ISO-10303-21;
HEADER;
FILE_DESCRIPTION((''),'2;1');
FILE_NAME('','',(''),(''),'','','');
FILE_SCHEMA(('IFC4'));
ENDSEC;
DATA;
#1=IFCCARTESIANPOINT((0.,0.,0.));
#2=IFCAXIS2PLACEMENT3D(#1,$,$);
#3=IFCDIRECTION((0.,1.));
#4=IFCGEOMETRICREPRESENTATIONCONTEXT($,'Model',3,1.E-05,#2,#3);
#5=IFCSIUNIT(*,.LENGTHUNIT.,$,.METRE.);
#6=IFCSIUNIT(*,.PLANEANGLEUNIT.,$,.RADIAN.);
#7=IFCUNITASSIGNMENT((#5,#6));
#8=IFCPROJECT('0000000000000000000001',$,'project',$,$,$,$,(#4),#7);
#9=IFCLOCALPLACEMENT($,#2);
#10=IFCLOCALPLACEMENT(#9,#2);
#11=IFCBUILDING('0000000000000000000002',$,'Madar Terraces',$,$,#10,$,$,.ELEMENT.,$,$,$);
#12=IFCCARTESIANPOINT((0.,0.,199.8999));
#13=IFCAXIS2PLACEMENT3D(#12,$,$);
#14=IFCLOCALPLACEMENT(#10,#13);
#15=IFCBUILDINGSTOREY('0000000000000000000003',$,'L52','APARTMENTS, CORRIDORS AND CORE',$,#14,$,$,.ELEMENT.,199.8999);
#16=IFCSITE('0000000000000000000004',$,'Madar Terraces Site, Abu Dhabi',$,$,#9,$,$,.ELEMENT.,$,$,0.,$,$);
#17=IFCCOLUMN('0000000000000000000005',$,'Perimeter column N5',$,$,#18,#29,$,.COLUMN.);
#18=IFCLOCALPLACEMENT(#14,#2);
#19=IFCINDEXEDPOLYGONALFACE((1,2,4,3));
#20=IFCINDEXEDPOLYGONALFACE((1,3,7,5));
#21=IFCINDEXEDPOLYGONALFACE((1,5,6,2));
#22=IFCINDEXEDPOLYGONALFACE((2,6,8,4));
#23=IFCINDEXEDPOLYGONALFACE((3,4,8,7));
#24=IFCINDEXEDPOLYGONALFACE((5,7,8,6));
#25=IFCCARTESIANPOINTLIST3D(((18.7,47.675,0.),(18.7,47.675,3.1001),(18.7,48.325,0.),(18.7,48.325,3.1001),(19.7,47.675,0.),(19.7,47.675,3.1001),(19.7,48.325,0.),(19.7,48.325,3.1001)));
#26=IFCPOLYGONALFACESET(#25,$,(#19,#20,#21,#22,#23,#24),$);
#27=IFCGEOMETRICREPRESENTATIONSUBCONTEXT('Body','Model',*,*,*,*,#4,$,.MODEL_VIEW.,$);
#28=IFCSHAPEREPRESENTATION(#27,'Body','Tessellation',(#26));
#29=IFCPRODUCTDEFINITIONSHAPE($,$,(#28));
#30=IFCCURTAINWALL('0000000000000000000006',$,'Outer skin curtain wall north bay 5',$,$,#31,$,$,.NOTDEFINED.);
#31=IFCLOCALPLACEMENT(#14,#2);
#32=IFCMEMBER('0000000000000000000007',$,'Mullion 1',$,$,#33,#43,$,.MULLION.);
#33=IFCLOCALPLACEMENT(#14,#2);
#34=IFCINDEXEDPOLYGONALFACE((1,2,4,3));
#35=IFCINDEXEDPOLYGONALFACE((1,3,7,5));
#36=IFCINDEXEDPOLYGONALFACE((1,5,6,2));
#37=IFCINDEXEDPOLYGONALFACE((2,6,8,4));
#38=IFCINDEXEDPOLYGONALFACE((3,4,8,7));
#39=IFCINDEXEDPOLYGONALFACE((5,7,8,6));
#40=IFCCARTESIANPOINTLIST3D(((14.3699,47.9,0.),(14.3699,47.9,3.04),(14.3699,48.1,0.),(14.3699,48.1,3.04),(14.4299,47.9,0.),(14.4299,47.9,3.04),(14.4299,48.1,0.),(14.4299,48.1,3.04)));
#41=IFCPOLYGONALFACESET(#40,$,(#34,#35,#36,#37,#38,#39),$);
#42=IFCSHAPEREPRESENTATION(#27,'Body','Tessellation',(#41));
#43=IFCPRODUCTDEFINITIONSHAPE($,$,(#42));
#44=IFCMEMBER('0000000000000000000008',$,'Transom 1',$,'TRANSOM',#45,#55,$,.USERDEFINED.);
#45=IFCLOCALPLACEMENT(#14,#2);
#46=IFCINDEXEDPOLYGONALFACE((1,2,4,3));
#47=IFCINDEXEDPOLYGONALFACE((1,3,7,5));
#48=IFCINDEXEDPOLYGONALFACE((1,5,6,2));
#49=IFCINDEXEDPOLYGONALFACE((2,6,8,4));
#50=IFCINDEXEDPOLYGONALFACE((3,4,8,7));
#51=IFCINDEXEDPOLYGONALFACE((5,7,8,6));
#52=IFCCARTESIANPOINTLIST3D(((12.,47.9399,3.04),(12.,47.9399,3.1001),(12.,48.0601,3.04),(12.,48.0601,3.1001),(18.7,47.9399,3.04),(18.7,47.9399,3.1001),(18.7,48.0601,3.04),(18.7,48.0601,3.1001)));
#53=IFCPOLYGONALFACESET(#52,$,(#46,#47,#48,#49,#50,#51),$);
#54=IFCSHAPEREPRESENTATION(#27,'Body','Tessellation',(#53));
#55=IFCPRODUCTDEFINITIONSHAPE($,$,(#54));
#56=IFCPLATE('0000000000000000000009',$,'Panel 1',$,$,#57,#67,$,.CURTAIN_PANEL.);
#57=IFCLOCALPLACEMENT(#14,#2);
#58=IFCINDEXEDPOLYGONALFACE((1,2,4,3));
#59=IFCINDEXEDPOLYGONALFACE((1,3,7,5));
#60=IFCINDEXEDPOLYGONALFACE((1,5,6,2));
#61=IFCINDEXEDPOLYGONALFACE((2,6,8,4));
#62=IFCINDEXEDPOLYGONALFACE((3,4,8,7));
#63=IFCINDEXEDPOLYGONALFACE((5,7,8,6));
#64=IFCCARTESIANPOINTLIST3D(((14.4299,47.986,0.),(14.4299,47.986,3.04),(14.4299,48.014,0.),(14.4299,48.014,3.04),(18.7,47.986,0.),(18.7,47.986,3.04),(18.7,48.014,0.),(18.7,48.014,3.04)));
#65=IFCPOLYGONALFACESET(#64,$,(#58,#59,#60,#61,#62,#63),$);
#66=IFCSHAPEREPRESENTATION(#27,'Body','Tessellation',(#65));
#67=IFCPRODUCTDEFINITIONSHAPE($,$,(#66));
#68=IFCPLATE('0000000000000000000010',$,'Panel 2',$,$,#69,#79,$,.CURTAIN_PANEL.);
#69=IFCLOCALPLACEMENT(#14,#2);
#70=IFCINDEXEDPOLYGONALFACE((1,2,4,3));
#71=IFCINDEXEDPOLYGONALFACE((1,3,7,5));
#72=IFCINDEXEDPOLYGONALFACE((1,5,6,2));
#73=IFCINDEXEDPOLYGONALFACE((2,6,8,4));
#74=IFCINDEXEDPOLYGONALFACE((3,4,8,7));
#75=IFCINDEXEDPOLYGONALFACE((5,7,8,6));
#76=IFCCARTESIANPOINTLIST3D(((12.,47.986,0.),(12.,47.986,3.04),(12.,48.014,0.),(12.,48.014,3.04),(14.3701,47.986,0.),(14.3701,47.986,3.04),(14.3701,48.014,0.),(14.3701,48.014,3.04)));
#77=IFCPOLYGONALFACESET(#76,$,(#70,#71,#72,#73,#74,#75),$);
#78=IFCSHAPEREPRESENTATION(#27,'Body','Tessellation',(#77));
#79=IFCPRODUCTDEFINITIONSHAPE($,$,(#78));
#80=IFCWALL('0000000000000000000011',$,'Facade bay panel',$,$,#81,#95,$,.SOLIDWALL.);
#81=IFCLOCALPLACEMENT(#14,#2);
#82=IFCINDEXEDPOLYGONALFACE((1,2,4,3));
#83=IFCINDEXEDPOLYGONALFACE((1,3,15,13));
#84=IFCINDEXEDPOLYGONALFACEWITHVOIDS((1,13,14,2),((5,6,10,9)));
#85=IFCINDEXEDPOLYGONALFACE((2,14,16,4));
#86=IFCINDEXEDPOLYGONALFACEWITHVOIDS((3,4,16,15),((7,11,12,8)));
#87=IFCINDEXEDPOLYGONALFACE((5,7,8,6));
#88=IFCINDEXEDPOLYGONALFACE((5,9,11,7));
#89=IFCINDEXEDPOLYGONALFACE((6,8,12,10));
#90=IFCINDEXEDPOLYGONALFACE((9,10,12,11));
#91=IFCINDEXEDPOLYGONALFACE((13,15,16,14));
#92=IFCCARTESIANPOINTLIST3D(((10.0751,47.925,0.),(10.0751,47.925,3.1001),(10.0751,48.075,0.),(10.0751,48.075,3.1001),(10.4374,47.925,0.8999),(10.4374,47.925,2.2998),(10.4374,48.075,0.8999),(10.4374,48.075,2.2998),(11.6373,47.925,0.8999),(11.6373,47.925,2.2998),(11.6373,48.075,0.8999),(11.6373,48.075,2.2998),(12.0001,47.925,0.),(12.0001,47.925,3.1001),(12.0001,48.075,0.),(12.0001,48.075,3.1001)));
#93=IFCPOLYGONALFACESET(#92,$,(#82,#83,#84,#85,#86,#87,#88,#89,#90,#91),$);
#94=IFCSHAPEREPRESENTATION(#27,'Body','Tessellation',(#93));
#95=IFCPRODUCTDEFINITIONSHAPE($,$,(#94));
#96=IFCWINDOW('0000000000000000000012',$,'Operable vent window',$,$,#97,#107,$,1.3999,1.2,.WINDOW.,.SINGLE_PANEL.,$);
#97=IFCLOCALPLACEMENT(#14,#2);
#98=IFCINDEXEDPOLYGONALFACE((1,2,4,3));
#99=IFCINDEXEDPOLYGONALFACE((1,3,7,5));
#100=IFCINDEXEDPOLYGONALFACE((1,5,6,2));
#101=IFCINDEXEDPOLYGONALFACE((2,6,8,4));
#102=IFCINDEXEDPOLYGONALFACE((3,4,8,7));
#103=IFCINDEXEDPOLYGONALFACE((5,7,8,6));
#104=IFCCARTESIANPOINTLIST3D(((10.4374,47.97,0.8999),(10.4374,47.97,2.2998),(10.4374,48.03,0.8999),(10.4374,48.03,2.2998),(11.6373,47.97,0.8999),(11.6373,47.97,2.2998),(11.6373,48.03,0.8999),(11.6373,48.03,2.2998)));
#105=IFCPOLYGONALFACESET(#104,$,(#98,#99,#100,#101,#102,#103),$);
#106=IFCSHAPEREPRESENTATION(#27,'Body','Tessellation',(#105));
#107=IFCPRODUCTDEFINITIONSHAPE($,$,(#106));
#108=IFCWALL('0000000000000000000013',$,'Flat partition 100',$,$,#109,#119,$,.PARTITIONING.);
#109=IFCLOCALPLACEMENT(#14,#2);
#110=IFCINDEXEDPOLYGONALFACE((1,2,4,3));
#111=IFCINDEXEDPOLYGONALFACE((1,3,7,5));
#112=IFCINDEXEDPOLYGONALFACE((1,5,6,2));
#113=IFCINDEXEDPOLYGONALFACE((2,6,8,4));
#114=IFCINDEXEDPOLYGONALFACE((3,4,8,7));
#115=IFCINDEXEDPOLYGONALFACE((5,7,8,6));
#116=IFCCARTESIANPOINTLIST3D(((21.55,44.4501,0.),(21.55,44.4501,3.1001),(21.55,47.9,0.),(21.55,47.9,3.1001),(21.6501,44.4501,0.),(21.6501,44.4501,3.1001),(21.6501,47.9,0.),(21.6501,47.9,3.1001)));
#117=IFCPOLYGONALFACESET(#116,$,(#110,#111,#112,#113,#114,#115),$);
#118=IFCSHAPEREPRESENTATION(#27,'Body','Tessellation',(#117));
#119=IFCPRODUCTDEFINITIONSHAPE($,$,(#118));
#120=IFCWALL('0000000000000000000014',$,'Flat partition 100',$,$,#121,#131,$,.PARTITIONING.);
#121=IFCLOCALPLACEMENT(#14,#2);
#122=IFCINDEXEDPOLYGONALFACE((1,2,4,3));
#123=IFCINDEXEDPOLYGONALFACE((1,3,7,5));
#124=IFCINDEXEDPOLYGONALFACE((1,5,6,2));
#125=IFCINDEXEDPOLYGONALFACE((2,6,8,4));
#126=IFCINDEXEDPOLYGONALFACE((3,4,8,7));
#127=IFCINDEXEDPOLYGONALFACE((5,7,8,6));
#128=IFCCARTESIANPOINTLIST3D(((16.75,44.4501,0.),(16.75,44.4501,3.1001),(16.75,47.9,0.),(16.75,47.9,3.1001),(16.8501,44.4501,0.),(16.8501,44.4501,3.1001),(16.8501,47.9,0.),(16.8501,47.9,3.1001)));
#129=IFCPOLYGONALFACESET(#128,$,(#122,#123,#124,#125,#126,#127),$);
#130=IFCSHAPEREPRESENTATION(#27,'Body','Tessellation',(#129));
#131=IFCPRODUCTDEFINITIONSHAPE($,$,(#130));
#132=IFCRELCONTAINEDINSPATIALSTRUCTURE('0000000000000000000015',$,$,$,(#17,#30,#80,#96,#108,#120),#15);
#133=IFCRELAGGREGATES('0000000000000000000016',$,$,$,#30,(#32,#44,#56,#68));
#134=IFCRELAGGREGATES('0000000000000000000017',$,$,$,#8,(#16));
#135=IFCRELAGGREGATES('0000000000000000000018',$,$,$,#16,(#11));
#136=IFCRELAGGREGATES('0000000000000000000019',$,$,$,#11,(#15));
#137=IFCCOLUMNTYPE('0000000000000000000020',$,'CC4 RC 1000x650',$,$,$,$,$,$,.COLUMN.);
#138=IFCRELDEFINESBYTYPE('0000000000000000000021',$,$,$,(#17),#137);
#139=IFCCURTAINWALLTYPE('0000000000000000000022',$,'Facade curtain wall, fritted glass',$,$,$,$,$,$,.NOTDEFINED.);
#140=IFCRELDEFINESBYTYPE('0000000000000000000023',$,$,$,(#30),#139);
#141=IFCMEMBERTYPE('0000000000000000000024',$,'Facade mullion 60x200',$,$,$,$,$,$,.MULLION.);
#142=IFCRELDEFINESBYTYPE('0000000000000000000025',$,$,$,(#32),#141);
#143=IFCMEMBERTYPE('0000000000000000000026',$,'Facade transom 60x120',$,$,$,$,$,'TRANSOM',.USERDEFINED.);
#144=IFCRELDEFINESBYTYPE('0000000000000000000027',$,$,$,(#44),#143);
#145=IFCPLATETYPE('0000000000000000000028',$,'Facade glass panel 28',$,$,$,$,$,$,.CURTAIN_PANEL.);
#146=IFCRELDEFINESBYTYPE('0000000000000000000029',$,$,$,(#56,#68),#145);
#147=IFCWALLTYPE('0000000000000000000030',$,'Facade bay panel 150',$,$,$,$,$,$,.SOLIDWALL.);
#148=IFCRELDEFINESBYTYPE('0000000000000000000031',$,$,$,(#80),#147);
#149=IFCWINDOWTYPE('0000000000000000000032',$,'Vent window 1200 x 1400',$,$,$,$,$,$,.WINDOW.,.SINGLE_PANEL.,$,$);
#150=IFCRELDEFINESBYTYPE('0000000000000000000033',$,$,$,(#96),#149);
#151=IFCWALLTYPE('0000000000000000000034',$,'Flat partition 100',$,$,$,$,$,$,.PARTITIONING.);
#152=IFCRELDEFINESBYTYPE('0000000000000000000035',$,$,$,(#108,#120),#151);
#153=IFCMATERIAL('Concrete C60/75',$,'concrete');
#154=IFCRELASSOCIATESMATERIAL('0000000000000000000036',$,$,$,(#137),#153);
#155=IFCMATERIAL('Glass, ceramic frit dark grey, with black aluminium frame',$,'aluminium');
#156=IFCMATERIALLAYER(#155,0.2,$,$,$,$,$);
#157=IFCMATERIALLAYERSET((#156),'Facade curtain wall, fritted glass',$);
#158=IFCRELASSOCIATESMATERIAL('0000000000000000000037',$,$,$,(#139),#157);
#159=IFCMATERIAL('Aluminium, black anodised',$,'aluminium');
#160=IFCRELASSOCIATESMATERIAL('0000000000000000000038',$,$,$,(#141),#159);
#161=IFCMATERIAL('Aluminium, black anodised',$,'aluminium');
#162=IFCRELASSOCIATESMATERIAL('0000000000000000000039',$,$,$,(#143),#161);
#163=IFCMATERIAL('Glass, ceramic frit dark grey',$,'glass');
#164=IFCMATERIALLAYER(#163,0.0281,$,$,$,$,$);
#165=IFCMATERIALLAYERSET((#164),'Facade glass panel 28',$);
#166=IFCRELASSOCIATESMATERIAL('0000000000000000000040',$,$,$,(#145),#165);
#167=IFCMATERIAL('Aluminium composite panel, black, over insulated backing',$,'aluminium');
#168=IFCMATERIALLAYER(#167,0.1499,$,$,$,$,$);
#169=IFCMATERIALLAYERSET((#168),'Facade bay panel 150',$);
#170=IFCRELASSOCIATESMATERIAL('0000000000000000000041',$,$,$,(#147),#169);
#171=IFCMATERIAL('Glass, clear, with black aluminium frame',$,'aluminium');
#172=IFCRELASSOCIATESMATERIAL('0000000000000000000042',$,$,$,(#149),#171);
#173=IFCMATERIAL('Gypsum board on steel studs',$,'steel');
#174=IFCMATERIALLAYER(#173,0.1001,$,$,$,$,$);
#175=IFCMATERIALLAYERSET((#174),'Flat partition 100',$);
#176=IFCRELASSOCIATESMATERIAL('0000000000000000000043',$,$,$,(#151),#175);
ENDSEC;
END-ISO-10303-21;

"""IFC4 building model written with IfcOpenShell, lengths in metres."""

from ifc_helpers import new_model, si_unit, direction, frame, frame_2d, origin, origin_2d, place, context, subcontext, project, spatial, rectangle, extrude, material, layer, layer_set, material_profile, profile_set, type_object, element, fill, aggregate, save


model = new_model("IFC4")

# Units and contexts
model_context = context("Model", 3, precision=1e-05, world=origin(), true_north=direction((0.0, 1.0)))
body_context = subcontext(model_context, "Body", "Model", "MODEL_VIEW")
ifc_project = project(units=[si_unit("LENGTHUNIT", "METRE"), si_unit("PLANEANGLEUNIT", "RADIAN")], contexts=[model_context])

# Site, building, storey
site_placement = place(None, origin())
site = spatial("IfcSite", under=ifc_project, at=site_placement, Name="Madar Terraces Site, Abu Dhabi", CompositionType="ELEMENT", RefElevation=0.0)
building_placement = place(site_placement, origin())
building = spatial("IfcBuilding", under=site, at=building_placement, Name="Madar Terraces", CompositionType="ELEMENT")
storey_placement = place(building_placement, frame((0.0, 0.0, 199.8999)))
storey = spatial("IfcBuildingStorey", under=building, at=storey_placement, Name="L52", Description="APARTMENTS, CORRIDORS AND CORE", CompositionType="ELEMENT", Elevation=199.8999)

# Column
ifc_material_1 = material(Name="Concrete C60/75", Category="concrete")
ifc_material_profile_1 = material_profile(ifc_material_1, rectangle(XDim=1.0, YDim=0.6499, at=origin_2d()), Name="CC4 RC 1000x650")
ifc_profile_set_1 = profile_set([ifc_material_profile_1], Name="Concrete C60/75")
column_type = type_object("IfcColumnType", Name="CC4 RC 1000x650", PredefinedType="COLUMN", material=ifc_profile_set_1)
column_placement = place(storey_placement, frame((19.2, 48.0, 0.0), z_axis=(0.0, 0.0, 1.0), x_axis=(1.0, 0.0, 0.0)))
element("IfcColumn", 1, at=column_placement, inside=storey, type_object=column_type, Name="Perimeter column N5", PredefinedType="COLUMN", context=body_context, shape_type="SweptSolid", body=[
    extrude(rectangle(XDim=1.0, YDim=0.6499, at=origin_2d()), origin(), (0.0, 0.0, 1.0), 3.1001),
])

# Curtain wall, members, plates
ifc_material_2 = material(Name="Glass, ceramic frit dark grey, with black aluminium frame", Category="aluminium")
ifc_layer_1 = layer(ifc_material_2, 0.2)
ifc_layer_set_1 = layer_set([ifc_layer_1], Name="Facade curtain wall, fritted glass")
curtain_wall_type = type_object("IfcCurtainWallType", Name="Facade curtain wall, fritted glass", PredefinedType="NOTDEFINED", material=ifc_layer_set_1)
curtain_wall_placement = place(storey_placement, origin())
curtain_wall = element("IfcCurtainWall", 2, at=curtain_wall_placement, inside=storey, type_object=curtain_wall_type, Name="Outer skin curtain wall north bay 5", PredefinedType="NOTDEFINED")
ifc_material_3 = material(Name="Aluminium, black anodised", Category="aluminium")
ifc_material_profile_2 = material_profile(ifc_material_3, rectangle(XDim=0.2, YDim=0.0601, at=origin_2d()), Name="Facade mullion 60x200")
ifc_profile_set_2 = profile_set([ifc_material_profile_2], Name="Aluminium, black anodised")
member_type_1 = type_object("IfcMemberType", Name="Facade mullion 60x200", PredefinedType="MULLION", material=ifc_profile_set_2)
member_1_placement = place(storey_placement, frame((14.3999, 48.0, 0.0), z_axis=(0.0, 0.0, 1.0), x_axis=(0.0, -1.0, 0.0)))
member_1 = element("IfcMember", 3, at=member_1_placement, type_object=member_type_1, Name="Mullion 1", PredefinedType="MULLION", context=body_context, shape_type="SweptSolid", body=[
    extrude(rectangle(XDim=0.2, YDim=0.0601, at=origin_2d()), origin(), (0.0, 0.0, 1.0), 3.04),
])
ifc_material_4 = material(Name="Aluminium, black anodised", Category="aluminium")
ifc_material_profile_3 = material_profile(ifc_material_4, rectangle(XDim=0.1201, YDim=0.0601, at=origin_2d()), Name="Facade transom 60x120")
ifc_profile_set_3 = profile_set([ifc_material_profile_3], Name="Aluminium, black anodised")
member_type_2 = type_object("IfcMemberType", Name="Facade transom 60x120", ElementType="TRANSOM", PredefinedType="USERDEFINED", material=ifc_profile_set_3)
member_2_placement = place(storey_placement, frame((18.7, 48.0, 3.0701), z_axis=(-1.0, 0.0, 0.0), x_axis=(0.0, -1.0, 0.0)))
member_2 = element("IfcMember", 4, at=member_2_placement, type_object=member_type_2, Name="Transom 1", ObjectType="TRANSOM", PredefinedType="USERDEFINED", context=body_context, shape_type="SweptSolid", body=[
    extrude(rectangle(XDim=0.1201, YDim=0.0601, at=origin_2d()), origin(), (0.0, 0.0, 1.0), 6.7),
])
ifc_material_5 = material(Name="Glass, ceramic frit dark grey", Category="glass")
ifc_layer_2 = layer(ifc_material_5, 0.0281)
ifc_layer_set_2 = layer_set([ifc_layer_2], Name="Facade glass panel 28")
plate_type = type_object("IfcPlateType", Name="Facade glass panel 28", PredefinedType="CURTAIN_PANEL", material=ifc_layer_set_2)
plate_1_placement = place(storey_placement, frame((16.5649, 48.0, 0.0), z_axis=(0.0, 0.0, 1.0), x_axis=(-1.0, 0.0, 0.0)))
plate_1 = element("IfcPlate", 5, at=plate_1_placement, type_object=plate_type, Name="Panel 1", PredefinedType="CURTAIN_PANEL", context=body_context, shape_type="SweptSolid", body=[
    extrude(rectangle(XDim=4.27, YDim=0.0281, at=origin_2d()), origin(), (0.0, 0.0, 1.0), 3.04),
])
plate_2_placement = place(storey_placement, frame((13.1851, 48.0, 0.0), z_axis=(0.0, 0.0, 1.0), x_axis=(-1.0, 0.0, 0.0)))
plate_2 = element("IfcPlate", 6, at=plate_2_placement, type_object=plate_type, Name="Panel 2", PredefinedType="CURTAIN_PANEL", context=body_context, shape_type="SweptSolid", body=[
    extrude(rectangle(XDim=2.3701, YDim=0.0281, at=origin_2d()), origin(), (0.0, 0.0, 1.0), 3.04),
])
aggregate(curtain_wall, [member_1, member_2, plate_1, plate_2])

# Wall, opening, window
ifc_material_6 = material(Name="Aluminium composite panel, black, over insulated backing", Category="aluminium")
ifc_layer_3 = layer(ifc_material_6, 0.1499)
ifc_layer_set_3 = layer_set([ifc_layer_3], Name="Facade bay panel 150")
wall_type_1 = type_object("IfcWallType", Name="Facade bay panel 150", PredefinedType="SOLIDWALL", material=ifc_layer_set_3)
wall_1_placement = place(storey_placement, frame((12.0, 48.0, 0.0), z_axis=(0.0, 0.0, 1.0), x_axis=(-1.0, 0.0, 0.0)))
wall_1 = element("IfcWall", 7, at=wall_1_placement, inside=storey, type_object=wall_type_1, Name="Facade bay panel", PredefinedType="SOLIDWALL", context=body_context, shape_type="SweptSolid", body=[
    extrude(rectangle(XDim=1.925, YDim=0.1499, at=frame_2d((0.9624, 0.0))), origin(), (0.0, 0.0, 1.0), 3.1001),
])
opening_1_placement = place(wall_1_placement, frame((0.3625, 0.0, 0.8999)))
opening_1 = element("IfcOpeningElement", 8, at=opening_1_placement, cuts=wall_1, PredefinedType="OPENING", context=body_context, shape_type="SweptSolid", body=[
    extrude(rectangle(XDim=1.2, YDim=1.3999, at=frame_2d((0.6001, 0.7))), frame((0.0, 0.085, 0.0), z_axis=(0.0, -1.0, 0.0), x_axis=(1.0, 0.0, 0.0)), (0.0, 0.0, 1.0), 0.1699),
])
ifc_material_7 = material(Name="Glass, clear, with black aluminium frame", Category="aluminium")
window_type = type_object("IfcWindowType", Name="Vent window 1200 x 1400", PartitioningType="SINGLE_PANEL", PredefinedType="WINDOW", material=ifc_material_7)
window_placement = place(opening_1_placement, origin())
window = element("IfcWindow", 9, at=window_placement, inside=storey, type_object=window_type, Name="Operable vent window", OverallHeight=1.3999, OverallWidth=1.2, PartitioningType="SINGLE_PANEL", PredefinedType="WINDOW", context=body_context, shape_type="SweptSolid", body=[
    extrude(rectangle(XDim=1.2, YDim=1.3999, at=frame_2d((0.6001, 0.7))), frame((0.0, 0.03, 0.0), z_axis=(0.0, -1.0, 0.0), x_axis=(1.0, 0.0, 0.0)), (0.0, 0.0, 1.0), 0.0601),
])
fill(opening_1, window)

# Walls
ifc_material_8 = material(Name="Gypsum board on steel studs", Category="steel")
ifc_layer_4 = layer(ifc_material_8, 0.1001)
ifc_layer_set_4 = layer_set([ifc_layer_4], Name="Flat partition 100")
wall_type_2 = type_object("IfcWallType", Name="Flat partition 100", PredefinedType="PARTITIONING", material=ifc_layer_set_4)
for number, where, z_axis, x_axis, name in (
    (10, (21.6001, 44.45, 0.0), (0.0, 0.0, 1.0), (0.0, 1.0, 0.0), "Flat partition 100"),
    (11, (16.8, 44.45, 0.0), (0.0, 0.0, 1.0), (0.0, 1.0, 0.0), "Flat partition 100"),
):
    element("IfcWall", number, at=place(storey_placement, frame(where, z_axis=z_axis, x_axis=x_axis)), inside=storey, type_object=wall_type_2, Name=name, PredefinedType="PARTITIONING", context=body_context, shape_type="SweptSolid", body=[
        extrude(rectangle(XDim=3.45, YDim=0.1001, at=frame_2d((1.7251, 0.0))), origin(), (0.0, 0.0, 1.0), 3.1001),
    ])

save(model, "model.ifc")
